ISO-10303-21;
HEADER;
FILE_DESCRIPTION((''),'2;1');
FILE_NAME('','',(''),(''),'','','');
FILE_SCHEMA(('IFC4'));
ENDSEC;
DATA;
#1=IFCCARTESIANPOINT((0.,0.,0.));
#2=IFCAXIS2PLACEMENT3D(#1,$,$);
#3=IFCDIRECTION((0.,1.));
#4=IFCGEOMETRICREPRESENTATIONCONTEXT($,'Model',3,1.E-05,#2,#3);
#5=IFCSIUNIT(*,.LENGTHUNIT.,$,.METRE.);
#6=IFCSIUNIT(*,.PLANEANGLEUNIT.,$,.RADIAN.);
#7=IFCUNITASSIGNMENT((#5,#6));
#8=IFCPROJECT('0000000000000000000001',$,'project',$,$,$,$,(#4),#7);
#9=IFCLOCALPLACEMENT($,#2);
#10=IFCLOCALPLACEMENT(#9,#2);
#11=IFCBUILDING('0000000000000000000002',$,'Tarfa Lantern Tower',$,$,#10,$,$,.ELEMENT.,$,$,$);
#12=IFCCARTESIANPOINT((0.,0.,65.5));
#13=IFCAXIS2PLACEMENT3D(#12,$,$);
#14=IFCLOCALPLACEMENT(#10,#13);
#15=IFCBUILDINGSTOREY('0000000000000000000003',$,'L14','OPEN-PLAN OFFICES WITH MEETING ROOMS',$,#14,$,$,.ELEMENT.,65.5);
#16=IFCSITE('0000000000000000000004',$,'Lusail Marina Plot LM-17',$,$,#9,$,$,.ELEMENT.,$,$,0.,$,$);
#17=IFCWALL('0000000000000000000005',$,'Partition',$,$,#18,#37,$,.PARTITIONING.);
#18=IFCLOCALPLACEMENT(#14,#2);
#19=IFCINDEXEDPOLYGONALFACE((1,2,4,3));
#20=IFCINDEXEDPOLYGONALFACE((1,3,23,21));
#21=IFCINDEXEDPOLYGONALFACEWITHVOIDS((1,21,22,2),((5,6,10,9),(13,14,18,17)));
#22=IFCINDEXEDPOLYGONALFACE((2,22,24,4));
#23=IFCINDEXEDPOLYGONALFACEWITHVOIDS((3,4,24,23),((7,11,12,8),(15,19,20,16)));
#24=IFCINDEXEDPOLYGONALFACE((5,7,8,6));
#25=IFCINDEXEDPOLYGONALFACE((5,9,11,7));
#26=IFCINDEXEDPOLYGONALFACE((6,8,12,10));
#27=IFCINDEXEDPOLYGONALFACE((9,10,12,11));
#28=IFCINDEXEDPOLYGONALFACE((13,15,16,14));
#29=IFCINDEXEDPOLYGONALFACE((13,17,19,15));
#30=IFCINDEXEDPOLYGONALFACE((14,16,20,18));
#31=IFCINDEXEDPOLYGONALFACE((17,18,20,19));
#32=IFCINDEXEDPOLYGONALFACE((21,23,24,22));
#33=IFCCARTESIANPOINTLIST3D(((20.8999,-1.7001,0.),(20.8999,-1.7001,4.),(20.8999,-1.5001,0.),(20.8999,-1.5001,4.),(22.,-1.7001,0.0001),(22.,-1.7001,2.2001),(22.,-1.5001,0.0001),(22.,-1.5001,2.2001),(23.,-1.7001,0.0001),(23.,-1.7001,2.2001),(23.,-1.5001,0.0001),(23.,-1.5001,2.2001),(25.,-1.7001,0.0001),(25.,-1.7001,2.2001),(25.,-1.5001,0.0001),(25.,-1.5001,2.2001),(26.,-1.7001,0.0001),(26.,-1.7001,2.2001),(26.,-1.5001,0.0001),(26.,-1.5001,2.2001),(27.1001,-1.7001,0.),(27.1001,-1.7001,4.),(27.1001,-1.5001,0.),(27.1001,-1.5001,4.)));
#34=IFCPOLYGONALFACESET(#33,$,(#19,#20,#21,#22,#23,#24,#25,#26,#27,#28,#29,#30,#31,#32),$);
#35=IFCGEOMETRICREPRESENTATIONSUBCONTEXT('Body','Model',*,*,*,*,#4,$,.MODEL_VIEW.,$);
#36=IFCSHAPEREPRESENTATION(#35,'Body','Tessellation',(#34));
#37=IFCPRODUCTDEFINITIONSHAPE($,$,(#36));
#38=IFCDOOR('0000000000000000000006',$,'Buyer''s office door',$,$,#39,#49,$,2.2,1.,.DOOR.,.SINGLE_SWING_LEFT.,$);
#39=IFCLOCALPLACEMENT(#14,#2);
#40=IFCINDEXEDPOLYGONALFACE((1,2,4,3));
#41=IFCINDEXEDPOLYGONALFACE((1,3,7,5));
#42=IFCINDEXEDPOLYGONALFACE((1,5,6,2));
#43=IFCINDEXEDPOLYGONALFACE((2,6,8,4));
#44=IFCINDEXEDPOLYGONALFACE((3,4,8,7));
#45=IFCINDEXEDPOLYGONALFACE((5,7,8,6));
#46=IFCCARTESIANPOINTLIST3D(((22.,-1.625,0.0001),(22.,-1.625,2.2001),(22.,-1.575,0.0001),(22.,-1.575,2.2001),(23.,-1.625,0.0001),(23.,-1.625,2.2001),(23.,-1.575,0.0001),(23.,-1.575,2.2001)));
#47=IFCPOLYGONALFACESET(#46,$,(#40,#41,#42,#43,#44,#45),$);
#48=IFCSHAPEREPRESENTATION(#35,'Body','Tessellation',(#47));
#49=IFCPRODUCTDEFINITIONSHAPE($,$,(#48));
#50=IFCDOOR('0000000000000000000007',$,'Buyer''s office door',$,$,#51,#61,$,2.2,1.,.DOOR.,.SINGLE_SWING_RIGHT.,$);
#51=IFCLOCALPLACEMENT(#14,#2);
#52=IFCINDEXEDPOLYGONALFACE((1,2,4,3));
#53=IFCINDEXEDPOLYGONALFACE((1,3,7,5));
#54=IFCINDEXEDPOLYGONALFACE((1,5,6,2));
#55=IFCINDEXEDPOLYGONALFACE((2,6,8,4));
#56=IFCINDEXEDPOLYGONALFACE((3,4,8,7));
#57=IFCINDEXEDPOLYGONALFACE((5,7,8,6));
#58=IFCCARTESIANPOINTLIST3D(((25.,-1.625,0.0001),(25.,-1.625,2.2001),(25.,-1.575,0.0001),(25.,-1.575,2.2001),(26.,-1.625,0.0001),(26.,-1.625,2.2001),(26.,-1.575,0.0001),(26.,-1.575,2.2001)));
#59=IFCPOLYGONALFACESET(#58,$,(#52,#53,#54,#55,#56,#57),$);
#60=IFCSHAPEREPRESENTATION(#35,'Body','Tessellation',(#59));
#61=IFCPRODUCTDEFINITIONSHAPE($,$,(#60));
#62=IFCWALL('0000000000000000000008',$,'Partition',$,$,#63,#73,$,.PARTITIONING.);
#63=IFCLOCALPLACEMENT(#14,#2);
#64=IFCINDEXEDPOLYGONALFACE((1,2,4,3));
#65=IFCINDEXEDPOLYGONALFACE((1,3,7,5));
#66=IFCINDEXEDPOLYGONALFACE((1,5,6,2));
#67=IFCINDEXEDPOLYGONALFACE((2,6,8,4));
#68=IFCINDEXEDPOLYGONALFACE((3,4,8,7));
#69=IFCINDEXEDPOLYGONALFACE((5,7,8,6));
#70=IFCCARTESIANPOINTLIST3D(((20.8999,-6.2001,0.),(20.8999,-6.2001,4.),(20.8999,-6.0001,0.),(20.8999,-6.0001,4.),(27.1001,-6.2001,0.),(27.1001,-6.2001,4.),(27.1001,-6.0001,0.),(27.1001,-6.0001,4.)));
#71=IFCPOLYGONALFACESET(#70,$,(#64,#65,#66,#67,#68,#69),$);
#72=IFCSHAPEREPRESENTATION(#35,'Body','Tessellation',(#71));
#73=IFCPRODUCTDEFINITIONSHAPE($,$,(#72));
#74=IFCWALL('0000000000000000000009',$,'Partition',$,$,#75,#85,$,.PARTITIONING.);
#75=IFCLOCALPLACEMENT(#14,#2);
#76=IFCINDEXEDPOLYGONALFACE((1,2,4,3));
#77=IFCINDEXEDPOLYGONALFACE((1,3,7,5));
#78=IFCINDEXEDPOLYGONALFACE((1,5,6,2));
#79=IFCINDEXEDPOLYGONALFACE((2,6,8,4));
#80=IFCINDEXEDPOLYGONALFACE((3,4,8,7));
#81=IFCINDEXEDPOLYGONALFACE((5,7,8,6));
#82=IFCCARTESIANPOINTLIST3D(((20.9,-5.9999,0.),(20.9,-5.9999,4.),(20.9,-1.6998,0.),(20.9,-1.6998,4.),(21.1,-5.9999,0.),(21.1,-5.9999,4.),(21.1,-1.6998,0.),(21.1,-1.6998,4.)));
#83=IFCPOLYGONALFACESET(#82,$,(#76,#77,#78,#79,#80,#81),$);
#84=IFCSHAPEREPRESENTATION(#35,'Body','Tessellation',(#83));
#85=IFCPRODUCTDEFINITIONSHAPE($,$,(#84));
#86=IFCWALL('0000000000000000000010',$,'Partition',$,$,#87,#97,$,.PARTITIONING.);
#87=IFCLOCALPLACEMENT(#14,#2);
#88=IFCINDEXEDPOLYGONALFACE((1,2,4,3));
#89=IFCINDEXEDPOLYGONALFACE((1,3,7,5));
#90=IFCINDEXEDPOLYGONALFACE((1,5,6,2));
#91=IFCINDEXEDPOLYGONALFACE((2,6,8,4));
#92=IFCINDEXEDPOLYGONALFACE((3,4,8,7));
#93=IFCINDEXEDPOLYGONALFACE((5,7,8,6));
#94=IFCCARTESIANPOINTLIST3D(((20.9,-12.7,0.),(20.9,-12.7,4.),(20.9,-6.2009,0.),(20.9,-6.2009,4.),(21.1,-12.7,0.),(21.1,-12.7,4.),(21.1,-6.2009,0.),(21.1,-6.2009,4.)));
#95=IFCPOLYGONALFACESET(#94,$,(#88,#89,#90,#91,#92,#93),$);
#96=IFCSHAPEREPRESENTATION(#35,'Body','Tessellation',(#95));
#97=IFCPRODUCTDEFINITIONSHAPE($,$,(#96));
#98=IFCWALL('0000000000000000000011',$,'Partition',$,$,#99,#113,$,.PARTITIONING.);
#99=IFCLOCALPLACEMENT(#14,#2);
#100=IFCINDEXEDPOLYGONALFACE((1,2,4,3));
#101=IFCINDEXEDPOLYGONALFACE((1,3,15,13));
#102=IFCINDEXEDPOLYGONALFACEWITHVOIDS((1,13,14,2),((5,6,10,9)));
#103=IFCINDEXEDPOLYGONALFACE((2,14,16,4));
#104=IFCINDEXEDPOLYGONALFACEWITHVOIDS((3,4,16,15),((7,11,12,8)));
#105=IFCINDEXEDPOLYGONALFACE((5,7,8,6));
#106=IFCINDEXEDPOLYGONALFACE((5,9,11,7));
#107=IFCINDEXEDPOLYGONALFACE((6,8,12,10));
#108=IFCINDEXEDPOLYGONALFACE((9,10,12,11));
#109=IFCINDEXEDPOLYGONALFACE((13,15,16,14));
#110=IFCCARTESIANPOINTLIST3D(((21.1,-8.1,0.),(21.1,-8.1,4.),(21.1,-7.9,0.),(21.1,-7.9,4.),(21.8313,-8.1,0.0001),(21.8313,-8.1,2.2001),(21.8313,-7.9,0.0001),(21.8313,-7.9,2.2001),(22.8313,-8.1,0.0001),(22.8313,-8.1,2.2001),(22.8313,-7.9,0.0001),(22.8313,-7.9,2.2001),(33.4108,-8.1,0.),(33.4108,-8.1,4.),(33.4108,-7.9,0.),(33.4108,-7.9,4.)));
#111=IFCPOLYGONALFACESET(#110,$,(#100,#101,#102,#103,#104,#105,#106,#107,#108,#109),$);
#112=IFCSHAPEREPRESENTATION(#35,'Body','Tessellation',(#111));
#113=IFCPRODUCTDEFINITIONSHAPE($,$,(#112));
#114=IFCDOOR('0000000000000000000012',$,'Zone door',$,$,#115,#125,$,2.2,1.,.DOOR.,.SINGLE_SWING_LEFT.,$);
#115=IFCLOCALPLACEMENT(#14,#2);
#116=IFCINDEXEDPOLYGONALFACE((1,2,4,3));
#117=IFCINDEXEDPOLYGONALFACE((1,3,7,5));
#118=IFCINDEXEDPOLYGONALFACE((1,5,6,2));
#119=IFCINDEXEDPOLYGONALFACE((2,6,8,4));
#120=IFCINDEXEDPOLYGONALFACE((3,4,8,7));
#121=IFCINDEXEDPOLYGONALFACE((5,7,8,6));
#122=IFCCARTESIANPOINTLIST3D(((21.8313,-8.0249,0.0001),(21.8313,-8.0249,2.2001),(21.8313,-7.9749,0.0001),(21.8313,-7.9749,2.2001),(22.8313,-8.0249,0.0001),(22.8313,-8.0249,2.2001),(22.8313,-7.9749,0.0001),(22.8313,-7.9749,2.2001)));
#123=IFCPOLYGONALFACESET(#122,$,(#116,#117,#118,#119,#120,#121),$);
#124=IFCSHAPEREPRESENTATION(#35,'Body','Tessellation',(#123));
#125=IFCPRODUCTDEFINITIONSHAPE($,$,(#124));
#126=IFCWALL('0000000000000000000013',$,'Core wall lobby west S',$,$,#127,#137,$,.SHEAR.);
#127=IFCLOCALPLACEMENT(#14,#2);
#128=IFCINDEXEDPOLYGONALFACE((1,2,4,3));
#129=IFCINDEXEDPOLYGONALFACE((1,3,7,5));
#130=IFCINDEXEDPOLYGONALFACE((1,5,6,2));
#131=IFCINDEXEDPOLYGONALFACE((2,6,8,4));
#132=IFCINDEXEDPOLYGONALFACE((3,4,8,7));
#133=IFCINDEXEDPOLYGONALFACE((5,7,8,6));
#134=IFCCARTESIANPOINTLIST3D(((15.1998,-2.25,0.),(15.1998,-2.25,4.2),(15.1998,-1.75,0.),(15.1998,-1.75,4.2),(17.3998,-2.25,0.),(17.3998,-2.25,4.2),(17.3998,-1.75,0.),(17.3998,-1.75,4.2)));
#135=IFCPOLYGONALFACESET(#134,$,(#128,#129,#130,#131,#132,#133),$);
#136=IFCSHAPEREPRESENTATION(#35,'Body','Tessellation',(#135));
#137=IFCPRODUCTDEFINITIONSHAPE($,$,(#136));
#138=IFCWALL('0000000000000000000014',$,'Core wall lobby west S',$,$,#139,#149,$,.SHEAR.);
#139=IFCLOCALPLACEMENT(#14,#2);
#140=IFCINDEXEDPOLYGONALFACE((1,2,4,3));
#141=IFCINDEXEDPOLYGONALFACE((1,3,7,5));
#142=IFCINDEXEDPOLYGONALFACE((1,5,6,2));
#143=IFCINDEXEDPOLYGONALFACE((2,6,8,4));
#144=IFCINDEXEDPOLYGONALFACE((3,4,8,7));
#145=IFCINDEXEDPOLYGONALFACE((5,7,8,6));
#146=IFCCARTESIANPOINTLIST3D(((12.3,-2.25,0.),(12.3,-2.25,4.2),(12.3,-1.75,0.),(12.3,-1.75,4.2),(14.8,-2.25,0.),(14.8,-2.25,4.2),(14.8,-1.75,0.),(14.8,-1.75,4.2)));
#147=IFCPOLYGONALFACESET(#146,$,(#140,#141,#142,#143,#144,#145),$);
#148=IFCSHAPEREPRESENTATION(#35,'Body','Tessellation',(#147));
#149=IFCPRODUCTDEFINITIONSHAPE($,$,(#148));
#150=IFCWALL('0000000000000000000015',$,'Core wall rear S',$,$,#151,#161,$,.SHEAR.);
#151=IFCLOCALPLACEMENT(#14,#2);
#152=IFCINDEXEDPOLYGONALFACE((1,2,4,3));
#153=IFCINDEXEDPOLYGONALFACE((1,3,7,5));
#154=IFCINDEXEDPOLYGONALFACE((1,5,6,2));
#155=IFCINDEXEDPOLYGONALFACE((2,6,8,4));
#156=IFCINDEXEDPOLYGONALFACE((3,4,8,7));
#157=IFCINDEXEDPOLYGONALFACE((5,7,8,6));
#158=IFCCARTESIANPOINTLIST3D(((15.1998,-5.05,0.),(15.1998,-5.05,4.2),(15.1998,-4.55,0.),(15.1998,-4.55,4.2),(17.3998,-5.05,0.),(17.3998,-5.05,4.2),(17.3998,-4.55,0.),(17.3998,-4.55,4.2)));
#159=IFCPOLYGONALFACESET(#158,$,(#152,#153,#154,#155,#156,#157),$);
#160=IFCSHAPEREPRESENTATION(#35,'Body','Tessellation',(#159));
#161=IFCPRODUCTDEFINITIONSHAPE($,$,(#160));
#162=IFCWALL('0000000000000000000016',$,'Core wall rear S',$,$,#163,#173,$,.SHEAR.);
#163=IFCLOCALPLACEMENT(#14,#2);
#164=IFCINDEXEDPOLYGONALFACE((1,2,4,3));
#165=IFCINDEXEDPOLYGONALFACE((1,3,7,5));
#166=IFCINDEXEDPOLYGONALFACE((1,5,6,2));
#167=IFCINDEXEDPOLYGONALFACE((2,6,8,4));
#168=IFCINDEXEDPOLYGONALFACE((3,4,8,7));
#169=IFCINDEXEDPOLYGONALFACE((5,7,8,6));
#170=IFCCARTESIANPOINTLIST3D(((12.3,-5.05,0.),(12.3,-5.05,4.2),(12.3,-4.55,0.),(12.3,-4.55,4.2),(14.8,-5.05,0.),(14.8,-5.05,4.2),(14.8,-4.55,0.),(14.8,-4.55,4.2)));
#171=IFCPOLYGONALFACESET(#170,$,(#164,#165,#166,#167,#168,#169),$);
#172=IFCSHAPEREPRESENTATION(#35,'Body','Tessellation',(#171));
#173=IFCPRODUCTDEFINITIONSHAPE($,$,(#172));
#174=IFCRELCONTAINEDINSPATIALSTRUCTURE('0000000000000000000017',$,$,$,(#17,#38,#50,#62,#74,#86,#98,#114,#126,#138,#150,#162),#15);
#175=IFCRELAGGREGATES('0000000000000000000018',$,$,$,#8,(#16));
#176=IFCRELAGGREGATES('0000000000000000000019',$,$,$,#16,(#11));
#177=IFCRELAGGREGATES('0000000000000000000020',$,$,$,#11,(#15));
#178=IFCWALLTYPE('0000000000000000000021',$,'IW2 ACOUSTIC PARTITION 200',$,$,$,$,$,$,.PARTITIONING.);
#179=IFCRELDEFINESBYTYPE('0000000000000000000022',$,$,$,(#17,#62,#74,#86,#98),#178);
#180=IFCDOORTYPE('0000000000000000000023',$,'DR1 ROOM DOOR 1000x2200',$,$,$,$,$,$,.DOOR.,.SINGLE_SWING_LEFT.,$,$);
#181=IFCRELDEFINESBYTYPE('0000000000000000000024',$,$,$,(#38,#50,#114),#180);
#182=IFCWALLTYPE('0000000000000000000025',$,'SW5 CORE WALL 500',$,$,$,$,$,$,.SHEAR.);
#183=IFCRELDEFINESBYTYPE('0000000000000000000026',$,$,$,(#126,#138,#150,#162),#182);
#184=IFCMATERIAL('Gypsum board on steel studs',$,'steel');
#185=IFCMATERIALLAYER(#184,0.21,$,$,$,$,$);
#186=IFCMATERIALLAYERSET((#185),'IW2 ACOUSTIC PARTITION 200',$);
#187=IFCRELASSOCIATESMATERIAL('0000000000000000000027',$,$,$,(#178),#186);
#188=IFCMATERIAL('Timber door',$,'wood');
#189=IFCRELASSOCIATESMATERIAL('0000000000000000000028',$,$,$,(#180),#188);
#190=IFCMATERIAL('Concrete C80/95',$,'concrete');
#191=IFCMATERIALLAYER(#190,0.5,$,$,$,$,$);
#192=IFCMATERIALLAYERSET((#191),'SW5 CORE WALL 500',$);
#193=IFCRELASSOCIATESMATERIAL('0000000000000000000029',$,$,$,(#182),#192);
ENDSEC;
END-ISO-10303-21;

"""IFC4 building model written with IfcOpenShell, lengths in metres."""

from ifc_helpers import new_model, si_unit, direction, frame, frame_2d, origin, place, context, subcontext, project, spatial, rectangle, extrude, material, layer, layer_set, type_object, element, fill, save


model = new_model("IFC4")

# Units and contexts
model_context = context("Model", 3, precision=1e-05, world=origin(), true_north=direction((0.0, 1.0)))
body_context = subcontext(model_context, "Body", "Model", "MODEL_VIEW")
ifc_project = project(units=[si_unit("LENGTHUNIT", "METRE"), si_unit("PLANEANGLEUNIT", "RADIAN")], contexts=[model_context])

# Site, building, storey
site_placement = place(None, origin())
site = spatial("IfcSite", under=ifc_project, at=site_placement, Name="Lusail Marina Plot LM-17", CompositionType="ELEMENT", RefElevation=0.0)
building_placement = place(site_placement, origin())
building = spatial("IfcBuilding", under=site, at=building_placement, Name="Tarfa Lantern Tower", CompositionType="ELEMENT")
storey_placement = place(building_placement, frame((0.0, 0.0, 65.5)))
storey = spatial("IfcBuildingStorey", under=building, at=storey_placement, Name="L14", Description="OPEN-PLAN OFFICES WITH MEETING ROOMS", CompositionType="ELEMENT", Elevation=65.5)

# Wall, openings, doors
ifc_material_1 = material(Name="Gypsum board on steel studs", Category="steel")
ifc_layer_1 = layer(ifc_material_1, 0.21)
ifc_layer_set_1 = layer_set([ifc_layer_1], Name="IW2 ACOUSTIC PARTITION 200")
wall_type_1 = type_object("IfcWallType", Name="IW2 ACOUSTIC PARTITION 200", PredefinedType="PARTITIONING", material=ifc_layer_set_1)
wall_1_placement = place(storey_placement, frame((20.8999, -1.6001, 0.0), z_axis=(0.0, 0.0, 1.0), x_axis=(1.0, 0.0, 0.0)))
wall_1 = element("IfcWall", 1, at=wall_1_placement, inside=storey, type_object=wall_type_1, Name="Partition", PredefinedType="PARTITIONING", context=body_context, shape_type="SweptSolid", body=[
    extrude(rectangle(XDim=6.2002, YDim=0.2, at=frame_2d((3.1001, 0.0))), origin(), (0.0, 0.0, 1.0), 4.0),
])
opening_1_placement = place(wall_1_placement, frame((1.1001, 0.0, 0.0)))
opening_1 = element("IfcOpeningElement", 2, at=opening_1_placement, cuts=wall_1, PredefinedType="OPENING", context=body_context, shape_type="SweptSolid", body=[
    extrude(rectangle(XDim=1.0, YDim=2.2, at=frame_2d((0.5, 1.1001))), frame((0.0, 0.1099, 0.0), z_axis=(0.0, -1.0, 0.0), x_axis=(1.0, 0.0, 0.0)), (0.0, 0.0, 1.0), 0.22),
])
opening_2_placement = place(wall_1_placement, frame((4.1001, 0.0, 0.0)))
opening_2 = element("IfcOpeningElement", 3, at=opening_2_placement, cuts=wall_1, PredefinedType="OPENING", context=body_context, shape_type="SweptSolid", body=[
    extrude(rectangle(XDim=1.0, YDim=2.2, at=frame_2d((0.5, 1.1001))), frame((0.0, 0.1099, 0.0), z_axis=(0.0, -1.0, 0.0), x_axis=(1.0, 0.0, 0.0)), (0.0, 0.0, 1.0), 0.22),
])
ifc_material_2 = material(Name="Timber door", Category="wood")
door_type_1 = type_object("IfcDoorType", Name="DR1 ROOM DOOR 1000x2200", OperationType="SINGLE_SWING_LEFT", PredefinedType="DOOR", material=ifc_material_2)
door_1_placement = place(opening_1_placement, frame((1.0, 0.0, 0.0), z_axis=(0.0, 0.0, 1.0), x_axis=(-1.0, 0.0, 0.0)))
door_1 = element("IfcDoor", 4, at=door_1_placement, inside=storey, type_object=door_type_1, Name="Buyer's office door", OperationType="SINGLE_SWING_LEFT", OverallHeight=2.2, OverallWidth=1.0, PredefinedType="DOOR", context=body_context, shape_type="SweptSolid", body=[
    extrude(rectangle(XDim=1.0, YDim=2.2, at=frame_2d((0.5, 1.1001))), frame((0.0, 0.0249, 0.0), z_axis=(0.0, -1.0, 0.0), x_axis=(1.0, 0.0, 0.0)), (0.0, 0.0, 1.0), 0.05),
])
fill(opening_1, door_1)
door_2_placement = place(opening_2_placement, frame((1.0, 0.0, 0.0), z_axis=(0.0, 0.0, 1.0), x_axis=(-1.0, 0.0, 0.0)))
door_2 = element("IfcDoor", 5, at=door_2_placement, inside=storey, type_object=door_type_1, Name="Buyer's office door", OperationType="SINGLE_SWING_RIGHT", OverallHeight=2.2, OverallWidth=1.0, PredefinedType="DOOR", context=body_context, shape_type="SweptSolid", body=[
    extrude(rectangle(XDim=1.0, YDim=2.2, at=frame_2d((0.5, 1.1001))), frame((0.0, 0.0249, 0.0), z_axis=(0.0, -1.0, 0.0), x_axis=(1.0, 0.0, 0.0)), (0.0, 0.0, 1.0), 0.05),
])
fill(opening_2, door_2)

# Walls
wall_2_placement = place(storey_placement, frame((20.8999, -6.1001, 0.0), z_axis=(0.0, 0.0, 1.0), x_axis=(1.0, 0.0, 0.0)))
element("IfcWall", 6, at=wall_2_placement, inside=storey, type_object=wall_type_1, Name="Partition", PredefinedType="PARTITIONING", context=body_context, shape_type="SweptSolid", body=[
    extrude(rectangle(XDim=6.2002, YDim=0.2, at=frame_2d((3.1001, 0.0))), origin(), (0.0, 0.0, 1.0), 4.0),
])
wall_3_placement = place(storey_placement, frame((21.0, -1.7, 0.0), z_axis=(0.0, 0.0, 1.0), x_axis=(0.0, -1.0, 0.0)))
element("IfcWall", 7, at=wall_3_placement, inside=storey, type_object=wall_type_1, Name="Partition", PredefinedType="PARTITIONING", context=body_context, shape_type="SweptSolid", body=[
    extrude(rectangle(XDim=4.3, YDim=0.2, at=frame_2d((2.1499, 0.0))), origin(), (0.0, 0.0, 1.0), 4.0),
])
wall_4_placement = place(storey_placement, frame((21.0, -6.2009, 0.0), z_axis=(0.0, 0.0, 1.0), x_axis=(0.0, -1.0, 0.0)))
element("IfcWall", 8, at=wall_4_placement, inside=storey, type_object=wall_type_1, Name="Partition", PredefinedType="PARTITIONING", context=body_context, shape_type="SweptSolid", body=[
    extrude(rectangle(XDim=6.499, YDim=0.2, at=frame_2d((3.2495, 0.0))), origin(), (0.0, 0.0, 1.0), 4.0),
])

# Wall, opening, door
wall_5_placement = place(storey_placement, frame((21.1001, -8.0, 0.0), z_axis=(0.0, 0.0, 1.0), x_axis=(1.0, 0.0, 0.0)))
wall_5 = element("IfcWall", 9, at=wall_5_placement, inside=storey, type_object=wall_type_1, Name="Partition", PredefinedType="PARTITIONING", context=body_context, shape_type="SweptSolid", body=[
    extrude(rectangle(XDim=12.3108, YDim=0.2, at=frame_2d((6.1553, 0.0))), origin(), (0.0, 0.0, 1.0), 4.0),
])
opening_3_placement = place(wall_5_placement, frame((0.7312, 0.0, 0.0)))
opening_3 = element("IfcOpeningElement", 10, at=opening_3_placement, cuts=wall_5, PredefinedType="OPENING", context=body_context, shape_type="SweptSolid", body=[
    extrude(rectangle(XDim=1.0, YDim=2.2, at=frame_2d((0.5, 1.1001))), frame((0.0, 0.1099, 0.0), z_axis=(0.0, -1.0, 0.0), x_axis=(1.0, 0.0, 0.0)), (0.0, 0.0, 1.0), 0.22),
])
door_3_placement = place(opening_3_placement, frame((1.0, 0.0, 0.0), z_axis=(0.0, 0.0, 1.0), x_axis=(-1.0, 0.0, 0.0)))
door_3 = element("IfcDoor", 11, at=door_3_placement, inside=storey, type_object=door_type_1, Name="Zone door", OperationType="SINGLE_SWING_LEFT", OverallHeight=2.2, OverallWidth=1.0, PredefinedType="DOOR", context=body_context, shape_type="SweptSolid", body=[
    extrude(rectangle(XDim=1.0, YDim=2.2, at=frame_2d((0.5, 1.1001))), frame((0.0, 0.0249, 0.0), z_axis=(0.0, -1.0, 0.0), x_axis=(1.0, 0.0, 0.0)), (0.0, 0.0, 1.0), 0.05),
])
fill(opening_3, door_3)
ifc_material_3 = material(Name="Concrete C80/95", Category="concrete")

# Walls
ifc_layer_2 = layer(ifc_material_3, 0.5)
ifc_layer_set_2 = layer_set([ifc_layer_2], Name="SW5 CORE WALL 500")
wall_type_2 = type_object("IfcWallType", Name="SW5 CORE WALL 500", PredefinedType="SHEAR", material=ifc_layer_set_2)
wall_6_placement = place(storey_placement, frame((17.3999, -2.0, 0.0), z_axis=(0.0, 0.0, 1.0), x_axis=(-1.0, 0.0, 0.0)))
element("IfcWall", 12, at=wall_6_placement, inside=storey, type_object=wall_type_2, Name="Core wall lobby west S", PredefinedType="SHEAR", context=body_context, shape_type="SweptSolid", body=[
    extrude(rectangle(XDim=2.2, YDim=0.5, at=frame_2d((1.1001, 0.0))), origin(), (0.0, 0.0, 1.0), 4.2),
])
wall_7_placement = place(storey_placement, frame((14.8, -2.0, 0.0), z_axis=(0.0, 0.0, 1.0), x_axis=(-1.0, 0.0, 0.0)))
element("IfcWall", 13, at=wall_7_placement, inside=storey, type_object=wall_type_2, Name="Core wall lobby west S", PredefinedType="SHEAR", context=body_context, shape_type="SweptSolid", body=[
    extrude(rectangle(XDim=2.5, YDim=0.5, at=frame_2d((1.25, 0.0))), origin(), (0.0, 0.0, 1.0), 4.2),
])
wall_8_placement = place(storey_placement, frame((17.3999, -4.8, 0.0), z_axis=(0.0, 0.0, 1.0), x_axis=(-1.0, 0.0, 0.0)))
element("IfcWall", 14, at=wall_8_placement, inside=storey, type_object=wall_type_2, Name="Core wall rear S", PredefinedType="SHEAR", context=body_context, shape_type="SweptSolid", body=[
    extrude(rectangle(XDim=2.2, YDim=0.5, at=frame_2d((1.1001, 0.0))), origin(), (0.0, 0.0, 1.0), 4.2),
])
wall_9_placement = place(storey_placement, frame((14.8, -4.8, 0.0), z_axis=(0.0, 0.0, 1.0), x_axis=(-1.0, 0.0, 0.0)))
element("IfcWall", 15, at=wall_9_placement, inside=storey, type_object=wall_type_2, Name="Core wall rear S", PredefinedType="SHEAR", context=body_context, shape_type="SweptSolid", body=[
    extrude(rectangle(XDim=2.5, YDim=0.5, at=frame_2d((1.25, 0.0))), origin(), (0.0, 0.0, 1.0), 4.2),
])

save(model, "model.ifc")
